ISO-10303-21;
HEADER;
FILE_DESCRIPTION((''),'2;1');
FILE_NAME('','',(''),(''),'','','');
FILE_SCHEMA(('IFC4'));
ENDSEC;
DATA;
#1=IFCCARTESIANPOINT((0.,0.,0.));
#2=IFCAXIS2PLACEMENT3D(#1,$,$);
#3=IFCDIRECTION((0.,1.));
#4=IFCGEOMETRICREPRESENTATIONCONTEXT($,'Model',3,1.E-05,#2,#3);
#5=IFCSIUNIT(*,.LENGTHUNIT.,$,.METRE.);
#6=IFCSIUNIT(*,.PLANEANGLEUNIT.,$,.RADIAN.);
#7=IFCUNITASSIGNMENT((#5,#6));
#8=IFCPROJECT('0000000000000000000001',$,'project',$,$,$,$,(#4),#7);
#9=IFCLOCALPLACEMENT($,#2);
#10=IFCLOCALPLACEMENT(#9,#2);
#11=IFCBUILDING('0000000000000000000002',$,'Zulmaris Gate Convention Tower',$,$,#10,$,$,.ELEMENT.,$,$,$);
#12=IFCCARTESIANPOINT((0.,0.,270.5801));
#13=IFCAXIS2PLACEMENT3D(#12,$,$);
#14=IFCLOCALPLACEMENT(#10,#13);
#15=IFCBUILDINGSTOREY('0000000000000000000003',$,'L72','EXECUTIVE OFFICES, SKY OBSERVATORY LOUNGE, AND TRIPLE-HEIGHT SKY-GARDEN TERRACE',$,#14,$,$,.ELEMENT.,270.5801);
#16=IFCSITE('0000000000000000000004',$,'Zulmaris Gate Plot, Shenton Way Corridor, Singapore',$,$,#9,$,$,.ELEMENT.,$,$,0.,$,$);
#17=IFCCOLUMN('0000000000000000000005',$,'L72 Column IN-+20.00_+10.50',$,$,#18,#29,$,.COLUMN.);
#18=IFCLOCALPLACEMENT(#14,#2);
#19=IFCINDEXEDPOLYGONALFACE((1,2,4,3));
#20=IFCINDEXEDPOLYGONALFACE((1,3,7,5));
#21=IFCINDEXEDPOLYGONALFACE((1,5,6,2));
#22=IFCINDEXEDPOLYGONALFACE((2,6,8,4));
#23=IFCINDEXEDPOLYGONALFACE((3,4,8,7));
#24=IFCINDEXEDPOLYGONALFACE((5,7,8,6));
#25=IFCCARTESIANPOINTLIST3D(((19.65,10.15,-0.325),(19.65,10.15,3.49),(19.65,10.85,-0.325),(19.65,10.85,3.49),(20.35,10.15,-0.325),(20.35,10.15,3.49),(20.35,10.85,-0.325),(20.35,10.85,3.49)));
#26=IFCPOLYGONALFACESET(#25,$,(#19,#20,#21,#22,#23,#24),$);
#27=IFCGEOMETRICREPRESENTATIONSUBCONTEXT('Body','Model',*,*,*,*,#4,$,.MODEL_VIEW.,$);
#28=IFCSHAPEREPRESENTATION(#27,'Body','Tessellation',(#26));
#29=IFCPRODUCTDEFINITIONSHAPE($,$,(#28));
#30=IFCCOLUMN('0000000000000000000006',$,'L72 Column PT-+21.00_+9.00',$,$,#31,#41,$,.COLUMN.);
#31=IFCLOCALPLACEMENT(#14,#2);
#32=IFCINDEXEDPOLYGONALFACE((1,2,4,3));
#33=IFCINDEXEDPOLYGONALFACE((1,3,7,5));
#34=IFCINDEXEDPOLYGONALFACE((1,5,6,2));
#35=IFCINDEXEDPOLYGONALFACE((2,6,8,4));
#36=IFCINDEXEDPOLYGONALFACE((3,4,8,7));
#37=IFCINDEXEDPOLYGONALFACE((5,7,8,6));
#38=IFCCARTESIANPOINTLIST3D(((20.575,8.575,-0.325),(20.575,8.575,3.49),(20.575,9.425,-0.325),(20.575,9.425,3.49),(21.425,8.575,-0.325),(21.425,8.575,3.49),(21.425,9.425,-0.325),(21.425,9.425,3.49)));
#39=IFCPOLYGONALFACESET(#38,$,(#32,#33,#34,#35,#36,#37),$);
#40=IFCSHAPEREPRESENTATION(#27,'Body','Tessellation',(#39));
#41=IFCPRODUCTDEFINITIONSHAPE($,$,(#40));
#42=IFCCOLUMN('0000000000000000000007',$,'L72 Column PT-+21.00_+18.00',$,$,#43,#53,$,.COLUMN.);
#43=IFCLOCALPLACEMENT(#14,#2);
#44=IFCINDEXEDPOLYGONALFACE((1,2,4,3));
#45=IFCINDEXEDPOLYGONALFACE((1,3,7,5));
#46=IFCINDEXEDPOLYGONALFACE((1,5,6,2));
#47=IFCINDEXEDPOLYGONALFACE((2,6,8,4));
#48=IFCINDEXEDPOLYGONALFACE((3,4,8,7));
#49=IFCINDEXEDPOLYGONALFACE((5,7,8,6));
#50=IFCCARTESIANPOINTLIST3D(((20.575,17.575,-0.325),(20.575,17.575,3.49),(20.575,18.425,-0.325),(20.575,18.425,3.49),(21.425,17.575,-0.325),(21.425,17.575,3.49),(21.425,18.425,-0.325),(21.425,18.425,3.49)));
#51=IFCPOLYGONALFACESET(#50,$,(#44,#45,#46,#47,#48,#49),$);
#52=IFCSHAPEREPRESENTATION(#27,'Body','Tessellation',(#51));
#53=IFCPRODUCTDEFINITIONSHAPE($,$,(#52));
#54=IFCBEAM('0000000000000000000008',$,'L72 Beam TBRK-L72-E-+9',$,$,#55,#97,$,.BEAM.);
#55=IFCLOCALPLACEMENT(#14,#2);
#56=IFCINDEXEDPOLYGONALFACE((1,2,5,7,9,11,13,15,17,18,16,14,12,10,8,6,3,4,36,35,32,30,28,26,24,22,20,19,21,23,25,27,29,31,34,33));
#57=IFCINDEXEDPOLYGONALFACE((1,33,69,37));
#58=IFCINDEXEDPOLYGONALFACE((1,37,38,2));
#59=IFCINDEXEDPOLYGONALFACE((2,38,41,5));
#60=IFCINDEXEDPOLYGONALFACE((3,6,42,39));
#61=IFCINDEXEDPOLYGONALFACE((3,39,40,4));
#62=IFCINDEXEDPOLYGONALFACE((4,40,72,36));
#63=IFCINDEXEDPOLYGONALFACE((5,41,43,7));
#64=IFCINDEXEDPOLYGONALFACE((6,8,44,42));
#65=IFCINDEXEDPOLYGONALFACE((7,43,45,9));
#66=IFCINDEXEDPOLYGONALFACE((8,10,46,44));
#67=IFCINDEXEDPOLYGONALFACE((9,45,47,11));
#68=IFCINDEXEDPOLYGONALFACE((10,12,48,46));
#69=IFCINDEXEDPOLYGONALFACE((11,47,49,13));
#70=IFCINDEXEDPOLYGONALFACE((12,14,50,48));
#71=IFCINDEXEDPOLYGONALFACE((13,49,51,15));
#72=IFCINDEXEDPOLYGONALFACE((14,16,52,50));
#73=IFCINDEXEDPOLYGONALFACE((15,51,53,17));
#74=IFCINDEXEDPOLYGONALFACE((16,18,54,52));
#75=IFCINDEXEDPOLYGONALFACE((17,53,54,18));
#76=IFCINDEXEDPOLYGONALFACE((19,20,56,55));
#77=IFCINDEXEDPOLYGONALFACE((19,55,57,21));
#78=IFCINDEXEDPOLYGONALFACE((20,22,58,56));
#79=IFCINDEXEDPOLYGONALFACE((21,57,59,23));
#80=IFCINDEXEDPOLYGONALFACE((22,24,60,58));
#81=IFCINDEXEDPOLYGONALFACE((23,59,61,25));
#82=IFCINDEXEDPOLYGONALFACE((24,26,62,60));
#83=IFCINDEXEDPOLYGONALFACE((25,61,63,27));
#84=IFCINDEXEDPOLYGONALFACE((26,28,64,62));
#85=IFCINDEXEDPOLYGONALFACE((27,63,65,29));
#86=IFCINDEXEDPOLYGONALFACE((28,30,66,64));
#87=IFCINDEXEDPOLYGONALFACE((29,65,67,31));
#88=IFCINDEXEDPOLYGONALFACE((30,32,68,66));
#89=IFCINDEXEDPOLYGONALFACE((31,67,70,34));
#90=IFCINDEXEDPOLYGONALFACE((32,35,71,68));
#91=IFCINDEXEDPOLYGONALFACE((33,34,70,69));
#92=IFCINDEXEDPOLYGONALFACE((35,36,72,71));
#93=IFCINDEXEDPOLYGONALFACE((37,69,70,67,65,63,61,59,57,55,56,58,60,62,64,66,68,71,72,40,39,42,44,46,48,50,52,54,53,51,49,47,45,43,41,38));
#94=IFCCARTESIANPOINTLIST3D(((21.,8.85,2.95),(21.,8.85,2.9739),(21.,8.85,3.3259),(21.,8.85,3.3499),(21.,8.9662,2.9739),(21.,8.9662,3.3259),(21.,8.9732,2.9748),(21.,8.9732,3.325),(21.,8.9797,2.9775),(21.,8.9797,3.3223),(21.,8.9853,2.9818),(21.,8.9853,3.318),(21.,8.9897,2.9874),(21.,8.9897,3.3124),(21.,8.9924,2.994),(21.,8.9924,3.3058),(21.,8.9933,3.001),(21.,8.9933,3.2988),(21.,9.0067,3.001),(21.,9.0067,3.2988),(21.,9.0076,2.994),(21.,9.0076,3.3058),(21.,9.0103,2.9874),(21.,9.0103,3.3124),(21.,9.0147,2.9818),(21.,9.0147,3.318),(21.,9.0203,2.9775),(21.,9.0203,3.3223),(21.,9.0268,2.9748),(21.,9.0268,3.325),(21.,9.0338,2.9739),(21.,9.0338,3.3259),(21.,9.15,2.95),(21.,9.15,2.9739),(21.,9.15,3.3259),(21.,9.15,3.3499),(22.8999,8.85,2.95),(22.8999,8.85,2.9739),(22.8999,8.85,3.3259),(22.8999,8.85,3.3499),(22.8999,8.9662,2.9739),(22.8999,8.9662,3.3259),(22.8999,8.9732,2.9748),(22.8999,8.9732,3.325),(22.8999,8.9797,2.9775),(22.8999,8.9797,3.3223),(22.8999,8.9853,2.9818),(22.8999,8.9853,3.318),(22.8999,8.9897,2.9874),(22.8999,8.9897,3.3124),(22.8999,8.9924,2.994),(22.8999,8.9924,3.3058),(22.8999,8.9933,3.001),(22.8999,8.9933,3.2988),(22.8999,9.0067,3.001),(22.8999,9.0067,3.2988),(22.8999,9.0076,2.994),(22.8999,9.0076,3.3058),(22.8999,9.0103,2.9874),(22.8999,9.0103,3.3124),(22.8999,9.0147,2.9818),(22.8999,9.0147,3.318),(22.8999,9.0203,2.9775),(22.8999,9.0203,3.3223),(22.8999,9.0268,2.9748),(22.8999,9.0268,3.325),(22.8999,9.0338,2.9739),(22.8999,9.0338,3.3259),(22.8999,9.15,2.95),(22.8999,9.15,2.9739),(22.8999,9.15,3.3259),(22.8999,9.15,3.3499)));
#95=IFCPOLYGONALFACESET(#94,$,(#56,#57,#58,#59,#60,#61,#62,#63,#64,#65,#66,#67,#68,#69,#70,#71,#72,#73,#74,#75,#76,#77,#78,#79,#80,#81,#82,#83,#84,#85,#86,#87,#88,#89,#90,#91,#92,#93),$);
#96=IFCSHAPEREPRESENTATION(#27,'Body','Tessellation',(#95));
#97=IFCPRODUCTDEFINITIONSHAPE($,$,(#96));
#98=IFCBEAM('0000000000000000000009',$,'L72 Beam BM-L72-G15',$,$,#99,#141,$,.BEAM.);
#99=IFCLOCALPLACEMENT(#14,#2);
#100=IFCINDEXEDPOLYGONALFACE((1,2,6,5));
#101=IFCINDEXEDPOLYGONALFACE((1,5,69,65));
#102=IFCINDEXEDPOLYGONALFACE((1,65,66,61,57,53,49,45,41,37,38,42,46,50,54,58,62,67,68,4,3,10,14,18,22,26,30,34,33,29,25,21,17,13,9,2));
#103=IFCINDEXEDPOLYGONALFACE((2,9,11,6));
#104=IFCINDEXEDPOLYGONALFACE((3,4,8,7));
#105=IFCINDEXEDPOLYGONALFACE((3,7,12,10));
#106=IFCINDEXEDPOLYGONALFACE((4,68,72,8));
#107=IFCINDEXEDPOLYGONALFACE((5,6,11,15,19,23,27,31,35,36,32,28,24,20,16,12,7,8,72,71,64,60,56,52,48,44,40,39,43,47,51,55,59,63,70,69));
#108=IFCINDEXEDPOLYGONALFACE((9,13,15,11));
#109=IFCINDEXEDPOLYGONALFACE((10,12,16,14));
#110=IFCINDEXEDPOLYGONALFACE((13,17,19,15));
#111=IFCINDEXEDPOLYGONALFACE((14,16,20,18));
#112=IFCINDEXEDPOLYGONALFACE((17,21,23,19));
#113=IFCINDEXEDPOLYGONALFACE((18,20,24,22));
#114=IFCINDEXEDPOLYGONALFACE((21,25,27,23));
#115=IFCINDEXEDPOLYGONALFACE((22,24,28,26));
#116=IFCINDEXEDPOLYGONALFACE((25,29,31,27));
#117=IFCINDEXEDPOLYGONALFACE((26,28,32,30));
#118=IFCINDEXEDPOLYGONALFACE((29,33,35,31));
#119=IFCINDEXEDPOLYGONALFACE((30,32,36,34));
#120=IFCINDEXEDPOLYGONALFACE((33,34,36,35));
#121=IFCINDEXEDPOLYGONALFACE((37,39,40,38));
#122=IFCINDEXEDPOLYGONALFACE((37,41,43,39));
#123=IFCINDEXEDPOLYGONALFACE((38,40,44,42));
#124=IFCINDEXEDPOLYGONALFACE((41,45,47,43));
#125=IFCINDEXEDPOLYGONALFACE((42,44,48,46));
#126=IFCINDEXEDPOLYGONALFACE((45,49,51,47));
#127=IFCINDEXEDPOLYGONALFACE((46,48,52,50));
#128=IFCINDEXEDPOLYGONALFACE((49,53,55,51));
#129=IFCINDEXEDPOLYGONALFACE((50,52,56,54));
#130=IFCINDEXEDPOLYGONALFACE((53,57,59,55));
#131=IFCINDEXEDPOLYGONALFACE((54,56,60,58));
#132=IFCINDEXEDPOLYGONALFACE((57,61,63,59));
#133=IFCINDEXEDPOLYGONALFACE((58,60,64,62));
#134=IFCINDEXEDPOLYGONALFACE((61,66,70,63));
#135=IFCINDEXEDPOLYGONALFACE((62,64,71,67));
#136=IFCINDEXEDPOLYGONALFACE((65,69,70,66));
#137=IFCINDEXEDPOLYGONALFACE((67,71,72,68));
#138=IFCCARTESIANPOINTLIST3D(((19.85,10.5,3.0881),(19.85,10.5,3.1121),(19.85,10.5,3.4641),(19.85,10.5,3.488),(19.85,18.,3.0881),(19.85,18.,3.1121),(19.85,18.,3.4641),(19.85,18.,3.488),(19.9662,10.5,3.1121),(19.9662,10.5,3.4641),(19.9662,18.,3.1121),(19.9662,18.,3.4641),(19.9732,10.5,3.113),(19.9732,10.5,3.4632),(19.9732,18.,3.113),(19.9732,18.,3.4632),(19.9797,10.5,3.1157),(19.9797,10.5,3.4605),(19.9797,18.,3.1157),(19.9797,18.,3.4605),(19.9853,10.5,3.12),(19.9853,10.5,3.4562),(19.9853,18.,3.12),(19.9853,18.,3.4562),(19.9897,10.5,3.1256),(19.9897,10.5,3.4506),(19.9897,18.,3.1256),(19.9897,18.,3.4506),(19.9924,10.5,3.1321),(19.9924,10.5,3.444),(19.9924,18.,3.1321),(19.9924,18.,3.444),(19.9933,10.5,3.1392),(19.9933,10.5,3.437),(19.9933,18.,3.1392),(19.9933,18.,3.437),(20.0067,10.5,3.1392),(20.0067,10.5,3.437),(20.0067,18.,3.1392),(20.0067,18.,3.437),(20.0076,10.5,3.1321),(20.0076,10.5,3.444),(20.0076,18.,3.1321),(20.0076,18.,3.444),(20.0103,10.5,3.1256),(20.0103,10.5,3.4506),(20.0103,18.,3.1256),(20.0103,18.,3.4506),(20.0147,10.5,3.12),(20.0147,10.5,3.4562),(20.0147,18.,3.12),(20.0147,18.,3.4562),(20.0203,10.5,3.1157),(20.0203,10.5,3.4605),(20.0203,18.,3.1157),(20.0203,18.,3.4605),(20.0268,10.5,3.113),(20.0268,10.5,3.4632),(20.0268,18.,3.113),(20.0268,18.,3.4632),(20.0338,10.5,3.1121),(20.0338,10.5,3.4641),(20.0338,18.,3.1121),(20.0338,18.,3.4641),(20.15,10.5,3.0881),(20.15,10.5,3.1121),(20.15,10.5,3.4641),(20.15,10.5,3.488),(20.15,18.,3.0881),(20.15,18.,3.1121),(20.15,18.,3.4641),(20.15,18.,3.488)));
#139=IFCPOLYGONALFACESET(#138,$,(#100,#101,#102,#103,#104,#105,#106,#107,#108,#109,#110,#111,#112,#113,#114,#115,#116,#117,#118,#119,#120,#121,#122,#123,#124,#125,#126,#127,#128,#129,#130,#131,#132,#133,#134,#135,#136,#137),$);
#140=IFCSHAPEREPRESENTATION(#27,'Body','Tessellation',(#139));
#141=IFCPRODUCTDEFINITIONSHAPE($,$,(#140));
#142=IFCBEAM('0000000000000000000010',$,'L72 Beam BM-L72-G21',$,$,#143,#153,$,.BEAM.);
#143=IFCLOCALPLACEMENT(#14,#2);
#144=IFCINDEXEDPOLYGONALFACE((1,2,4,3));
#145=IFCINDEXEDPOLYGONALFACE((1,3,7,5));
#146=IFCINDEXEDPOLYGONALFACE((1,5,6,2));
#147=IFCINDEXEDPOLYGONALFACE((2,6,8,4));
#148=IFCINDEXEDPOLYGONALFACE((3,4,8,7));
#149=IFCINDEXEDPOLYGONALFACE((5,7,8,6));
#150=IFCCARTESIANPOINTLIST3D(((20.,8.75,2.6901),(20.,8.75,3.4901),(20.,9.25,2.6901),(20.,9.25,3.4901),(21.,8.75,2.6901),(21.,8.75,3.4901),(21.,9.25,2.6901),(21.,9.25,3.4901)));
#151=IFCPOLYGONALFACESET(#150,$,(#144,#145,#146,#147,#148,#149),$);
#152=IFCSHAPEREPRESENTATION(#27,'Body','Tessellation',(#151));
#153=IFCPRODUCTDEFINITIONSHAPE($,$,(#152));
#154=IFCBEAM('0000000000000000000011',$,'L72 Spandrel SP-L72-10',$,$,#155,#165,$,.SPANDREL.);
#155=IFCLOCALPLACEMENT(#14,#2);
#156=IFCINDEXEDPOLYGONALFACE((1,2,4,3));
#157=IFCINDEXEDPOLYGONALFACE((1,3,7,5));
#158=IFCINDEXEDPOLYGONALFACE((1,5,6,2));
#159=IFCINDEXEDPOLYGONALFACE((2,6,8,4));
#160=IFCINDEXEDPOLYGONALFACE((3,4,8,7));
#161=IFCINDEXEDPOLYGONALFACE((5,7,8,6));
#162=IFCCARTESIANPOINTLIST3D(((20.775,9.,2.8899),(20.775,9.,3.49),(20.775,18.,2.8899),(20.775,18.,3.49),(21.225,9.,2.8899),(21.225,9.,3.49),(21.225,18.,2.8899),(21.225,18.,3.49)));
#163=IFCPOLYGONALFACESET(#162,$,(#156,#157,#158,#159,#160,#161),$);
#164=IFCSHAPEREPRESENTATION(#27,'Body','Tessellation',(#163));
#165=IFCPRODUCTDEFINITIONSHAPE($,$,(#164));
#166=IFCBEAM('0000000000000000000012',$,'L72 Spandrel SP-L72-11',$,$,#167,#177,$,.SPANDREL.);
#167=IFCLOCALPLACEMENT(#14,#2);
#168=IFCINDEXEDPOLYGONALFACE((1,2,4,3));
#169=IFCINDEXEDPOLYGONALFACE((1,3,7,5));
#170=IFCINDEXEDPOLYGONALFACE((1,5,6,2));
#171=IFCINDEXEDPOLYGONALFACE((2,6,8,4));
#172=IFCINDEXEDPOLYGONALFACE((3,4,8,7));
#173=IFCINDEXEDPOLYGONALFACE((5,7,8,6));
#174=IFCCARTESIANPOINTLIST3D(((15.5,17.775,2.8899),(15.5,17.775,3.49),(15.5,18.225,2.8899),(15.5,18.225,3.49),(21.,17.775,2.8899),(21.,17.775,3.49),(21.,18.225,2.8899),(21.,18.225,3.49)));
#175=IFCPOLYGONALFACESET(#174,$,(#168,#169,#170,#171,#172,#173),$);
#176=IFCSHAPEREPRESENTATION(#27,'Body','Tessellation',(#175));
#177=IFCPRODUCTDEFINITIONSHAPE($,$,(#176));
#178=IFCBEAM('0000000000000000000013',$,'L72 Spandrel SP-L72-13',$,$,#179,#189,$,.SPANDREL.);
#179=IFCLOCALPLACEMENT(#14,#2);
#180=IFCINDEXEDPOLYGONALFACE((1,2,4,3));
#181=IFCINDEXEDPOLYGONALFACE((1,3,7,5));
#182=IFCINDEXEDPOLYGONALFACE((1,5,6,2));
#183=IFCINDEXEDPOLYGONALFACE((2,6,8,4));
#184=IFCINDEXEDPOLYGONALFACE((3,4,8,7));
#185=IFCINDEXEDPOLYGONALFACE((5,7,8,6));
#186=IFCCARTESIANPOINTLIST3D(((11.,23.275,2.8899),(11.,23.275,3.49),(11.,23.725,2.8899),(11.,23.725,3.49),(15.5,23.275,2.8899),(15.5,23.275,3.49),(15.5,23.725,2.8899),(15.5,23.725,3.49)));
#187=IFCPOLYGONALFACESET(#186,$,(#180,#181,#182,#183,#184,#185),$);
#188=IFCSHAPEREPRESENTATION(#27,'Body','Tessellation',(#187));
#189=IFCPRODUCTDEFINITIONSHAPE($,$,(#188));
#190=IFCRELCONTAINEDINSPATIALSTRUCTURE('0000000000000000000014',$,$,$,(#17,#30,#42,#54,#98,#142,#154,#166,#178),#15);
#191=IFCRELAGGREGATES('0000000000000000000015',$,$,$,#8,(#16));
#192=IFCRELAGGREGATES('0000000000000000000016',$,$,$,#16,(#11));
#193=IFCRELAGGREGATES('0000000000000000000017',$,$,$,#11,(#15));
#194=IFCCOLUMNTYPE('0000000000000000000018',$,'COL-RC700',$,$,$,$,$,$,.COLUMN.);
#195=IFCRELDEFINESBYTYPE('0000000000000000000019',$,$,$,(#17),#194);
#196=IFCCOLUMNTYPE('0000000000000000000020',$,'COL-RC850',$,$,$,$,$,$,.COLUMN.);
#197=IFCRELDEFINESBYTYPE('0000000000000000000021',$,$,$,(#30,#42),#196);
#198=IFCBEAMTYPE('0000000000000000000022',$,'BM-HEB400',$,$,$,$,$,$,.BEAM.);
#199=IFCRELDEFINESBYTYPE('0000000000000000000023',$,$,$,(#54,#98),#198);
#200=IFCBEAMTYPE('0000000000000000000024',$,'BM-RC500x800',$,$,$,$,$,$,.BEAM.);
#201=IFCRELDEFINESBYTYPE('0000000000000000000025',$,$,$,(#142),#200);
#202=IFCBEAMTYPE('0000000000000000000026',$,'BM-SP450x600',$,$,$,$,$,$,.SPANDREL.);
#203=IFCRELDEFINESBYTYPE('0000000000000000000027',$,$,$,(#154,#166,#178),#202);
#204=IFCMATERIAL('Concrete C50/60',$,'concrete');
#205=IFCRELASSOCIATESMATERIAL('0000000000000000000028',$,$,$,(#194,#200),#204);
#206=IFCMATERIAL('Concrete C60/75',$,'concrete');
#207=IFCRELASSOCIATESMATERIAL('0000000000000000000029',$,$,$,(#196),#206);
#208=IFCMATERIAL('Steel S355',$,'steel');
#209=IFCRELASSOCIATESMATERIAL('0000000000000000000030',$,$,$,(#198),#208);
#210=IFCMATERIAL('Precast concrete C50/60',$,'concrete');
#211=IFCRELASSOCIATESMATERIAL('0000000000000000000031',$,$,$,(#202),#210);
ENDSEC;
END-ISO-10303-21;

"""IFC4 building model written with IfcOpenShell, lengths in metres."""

from ifc_helpers import new_model, si_unit, direction, frame, origin, origin_2d, place, context, subcontext, project, spatial, rectangle, i_section, extrude, material, material_profile, profile_set, type_object, element, save


model = new_model("IFC4")

# Units and contexts
model_context = context("Model", 3, precision=1e-05, world=origin(), true_north=direction((0.0, 1.0)))
body_context = subcontext(model_context, "Body", "Model", "MODEL_VIEW")
ifc_project = project(units=[si_unit("LENGTHUNIT", "METRE"), si_unit("PLANEANGLEUNIT", "RADIAN")], contexts=[model_context])

# Site, building, storey
site_placement = place(None, origin())
site = spatial("IfcSite", under=ifc_project, at=site_placement, Name="Zulmaris Gate Plot, Shenton Way Corridor, Singapore", CompositionType="ELEMENT", RefElevation=0.0)
building_placement = place(site_placement, origin())
building = spatial("IfcBuilding", under=site, at=building_placement, Name="Zulmaris Gate Convention Tower", CompositionType="ELEMENT")
storey_placement = place(building_placement, frame((0.0, 0.0, 270.5801)))
storey = spatial("IfcBuildingStorey", under=building, at=storey_placement, Name="L72", Description="EXECUTIVE OFFICES, SKY OBSERVATORY LOUNGE, AND TRIPLE-HEIGHT SKY-GARDEN TERRACE", CompositionType="ELEMENT", Elevation=270.5801)

# Columns
ifc_material_1 = material(Name="Concrete C50/60", Category="concrete")
ifc_material_profile_1 = material_profile(ifc_material_1, rectangle(XDim=0.7, YDim=0.7, at=origin_2d()), Name="RC COL 700x700")
ifc_profile_set_1 = profile_set([ifc_material_profile_1], Name="Concrete C50/60")
column_type_1 = type_object("IfcColumnType", Name="COL-RC700", PredefinedType="COLUMN", material=ifc_profile_set_1)
column_placement = place(storey_placement, frame((20.0, 10.5, -0.325), z_axis=(0.0, 0.0, 1.0), x_axis=(1.0, 0.0, 0.0)))
element("IfcColumn", 1, at=column_placement, inside=storey, type_object=column_type_1, Name="L72 Column IN-+20.00_+10.50", PredefinedType="COLUMN", context=body_context, shape_type="SweptSolid", body=[
    extrude(rectangle(XDim=0.7, YDim=0.7, at=origin_2d()), origin(), (0.0, 0.0, 1.0), 3.8149),
])
ifc_material_2 = material(Name="Concrete C60/75", Category="concrete")
ifc_material_profile_2 = material_profile(ifc_material_2, rectangle(XDim=0.8501, YDim=0.8501, at=origin_2d()), Name="RC COL 850x850")
ifc_profile_set_2 = profile_set([ifc_material_profile_2], Name="Concrete C60/75")
column_type_2 = type_object("IfcColumnType", Name="COL-RC850", PredefinedType="COLUMN", material=ifc_profile_set_2)
for number, where, z_axis, x_axis, name in (
    (2, (21.0, 9.0, -0.325), (0.0, 0.0, 1.0), (1.0, 0.0, 0.0), "L72 Column PT-+21.00_+9.00"),
    (3, (21.0, 18.0, -0.325), (0.0, 0.0, 1.0), (1.0, 0.0, 0.0), "L72 Column PT-+21.00_+18.00"),
):
    element("IfcColumn", number, at=place(storey_placement, frame(where, z_axis=z_axis, x_axis=x_axis)), inside=storey, type_object=column_type_2, Name=name, PredefinedType="COLUMN", context=body_context, shape_type="SweptSolid", body=[
        extrude(rectangle(XDim=0.8501, YDim=0.8501, at=origin_2d()), origin(), (0.0, 0.0, 1.0), 3.8149),
    ])

# Beams
ifc_material_3 = material(Name="Steel S355", Category="steel")
ifc_material_profile_3 = material_profile(ifc_material_3, i_section(OverallWidth=0.3, OverallDepth=0.3999, WebThickness=0.0134, FlangeThickness=0.0239, FilletRadius=0.0271, at=origin_2d()), Name="HEB 400")
ifc_profile_set_3 = profile_set([ifc_material_profile_3], Name="Steel S355")
beam_type_1 = type_object("IfcBeamType", Name="BM-HEB400", PredefinedType="BEAM", material=ifc_profile_set_3)
beam_1_placement = place(storey_placement, frame((21.0, 9.0, 3.1499), z_axis=(1.0, 0.0, 0.0), x_axis=(0.0, 1.0, 0.0)))
element("IfcBeam", 4, at=beam_1_placement, inside=storey, type_object=beam_type_1, Name="L72 Beam TBRK-L72-E-+9", PredefinedType="BEAM", context=body_context, shape_type="SweptSolid", body=[
    extrude(i_section(OverallWidth=0.3, OverallDepth=0.3999, WebThickness=0.0134, FlangeThickness=0.0239, FilletRadius=0.0271, at=origin_2d()), origin(), (0.0, 0.0, 1.0), 1.8999),
])
beam_2_placement = place(storey_placement, frame((20.0, 10.5, 3.2881), z_axis=(0.0, 1.0, 0.0), x_axis=(-1.0, 0.0, 0.0)))
element("IfcBeam", 5, at=beam_2_placement, inside=storey, type_object=beam_type_1, Name="L72 Beam BM-L72-G15", PredefinedType="BEAM", context=body_context, shape_type="SweptSolid", body=[
    extrude(i_section(OverallWidth=0.3, OverallDepth=0.3999, WebThickness=0.0134, FlangeThickness=0.0239, FilletRadius=0.0271, at=origin_2d()), origin(), (0.0, 0.0, 1.0), 7.5),
])
ifc_material_profile_4 = material_profile(ifc_material_1, rectangle(XDim=0.5, YDim=0.8, at=origin_2d()), Name="RC BEAM 500x800")
ifc_profile_set_4 = profile_set([ifc_material_profile_4], Name="Concrete C50/60")
beam_type_2 = type_object("IfcBeamType", Name="BM-RC500x800", PredefinedType="BEAM", material=ifc_profile_set_4)
beam_3_placement = place(storey_placement, frame((20.0, 9.0, 3.0901), z_axis=(1.0, 0.0, 0.0), x_axis=(0.0, 1.0, 0.0)))
element("IfcBeam", 6, at=beam_3_placement, inside=storey, type_object=beam_type_2, Name="L72 Beam BM-L72-G21", PredefinedType="BEAM", context=body_context, shape_type="SweptSolid", body=[
    extrude(rectangle(XDim=0.5, YDim=0.8, at=origin_2d()), origin(), (0.0, 0.0, 1.0), 1.0),
])
ifc_material_4 = material(Name="Precast concrete C50/60", Category="concrete")
ifc_material_profile_5 = material_profile(ifc_material_4, rectangle(XDim=0.45, YDim=0.6001, at=origin_2d()), Name="RC SPANDREL 450x600")
ifc_profile_set_5 = profile_set([ifc_material_profile_5], Name="Precast concrete C50/60")
beam_type_3 = type_object("IfcBeamType", Name="BM-SP450x600", PredefinedType="SPANDREL", material=ifc_profile_set_5)
beam_4_placement = place(storey_placement, frame((21.0, 9.0, 3.1899), z_axis=(0.0, 1.0, 0.0), x_axis=(-1.0, 0.0, 0.0)))
element("IfcBeam", 7, at=beam_4_placement, inside=storey, type_object=beam_type_3, Name="L72 Spandrel SP-L72-10", PredefinedType="SPANDREL", context=body_context, shape_type="SweptSolid", body=[
    extrude(rectangle(XDim=0.45, YDim=0.6001, at=origin_2d()), origin(), (0.0, 0.0, 1.0), 9.0),
])
beam_5_placement = place(storey_placement, frame((21.0, 18.0, 3.1899), z_axis=(-1.0, 0.0, 0.0), x_axis=(0.0, -1.0, 0.0)))
element("IfcBeam", 8, at=beam_5_placement, inside=storey, type_object=beam_type_3, Name="L72 Spandrel SP-L72-11", PredefinedType="SPANDREL", context=body_context, shape_type="SweptSolid", body=[
    extrude(rectangle(XDim=0.45, YDim=0.6001, at=origin_2d()), origin(), (0.0, 0.0, 1.0), 5.5),
])
beam_6_placement = place(storey_placement, frame((15.5, 23.5, 3.1899), z_axis=(-1.0, 0.0, 0.0), x_axis=(0.0, -1.0, 0.0)))
element("IfcBeam", 9, at=beam_6_placement, inside=storey, type_object=beam_type_3, Name="L72 Spandrel SP-L72-13", PredefinedType="SPANDREL", context=body_context, shape_type="SweptSolid", body=[
    extrude(rectangle(XDim=0.45, YDim=0.6001, at=origin_2d()), origin(), (0.0, 0.0, 1.0), 4.5),
])

save(model, "model.ifc")
